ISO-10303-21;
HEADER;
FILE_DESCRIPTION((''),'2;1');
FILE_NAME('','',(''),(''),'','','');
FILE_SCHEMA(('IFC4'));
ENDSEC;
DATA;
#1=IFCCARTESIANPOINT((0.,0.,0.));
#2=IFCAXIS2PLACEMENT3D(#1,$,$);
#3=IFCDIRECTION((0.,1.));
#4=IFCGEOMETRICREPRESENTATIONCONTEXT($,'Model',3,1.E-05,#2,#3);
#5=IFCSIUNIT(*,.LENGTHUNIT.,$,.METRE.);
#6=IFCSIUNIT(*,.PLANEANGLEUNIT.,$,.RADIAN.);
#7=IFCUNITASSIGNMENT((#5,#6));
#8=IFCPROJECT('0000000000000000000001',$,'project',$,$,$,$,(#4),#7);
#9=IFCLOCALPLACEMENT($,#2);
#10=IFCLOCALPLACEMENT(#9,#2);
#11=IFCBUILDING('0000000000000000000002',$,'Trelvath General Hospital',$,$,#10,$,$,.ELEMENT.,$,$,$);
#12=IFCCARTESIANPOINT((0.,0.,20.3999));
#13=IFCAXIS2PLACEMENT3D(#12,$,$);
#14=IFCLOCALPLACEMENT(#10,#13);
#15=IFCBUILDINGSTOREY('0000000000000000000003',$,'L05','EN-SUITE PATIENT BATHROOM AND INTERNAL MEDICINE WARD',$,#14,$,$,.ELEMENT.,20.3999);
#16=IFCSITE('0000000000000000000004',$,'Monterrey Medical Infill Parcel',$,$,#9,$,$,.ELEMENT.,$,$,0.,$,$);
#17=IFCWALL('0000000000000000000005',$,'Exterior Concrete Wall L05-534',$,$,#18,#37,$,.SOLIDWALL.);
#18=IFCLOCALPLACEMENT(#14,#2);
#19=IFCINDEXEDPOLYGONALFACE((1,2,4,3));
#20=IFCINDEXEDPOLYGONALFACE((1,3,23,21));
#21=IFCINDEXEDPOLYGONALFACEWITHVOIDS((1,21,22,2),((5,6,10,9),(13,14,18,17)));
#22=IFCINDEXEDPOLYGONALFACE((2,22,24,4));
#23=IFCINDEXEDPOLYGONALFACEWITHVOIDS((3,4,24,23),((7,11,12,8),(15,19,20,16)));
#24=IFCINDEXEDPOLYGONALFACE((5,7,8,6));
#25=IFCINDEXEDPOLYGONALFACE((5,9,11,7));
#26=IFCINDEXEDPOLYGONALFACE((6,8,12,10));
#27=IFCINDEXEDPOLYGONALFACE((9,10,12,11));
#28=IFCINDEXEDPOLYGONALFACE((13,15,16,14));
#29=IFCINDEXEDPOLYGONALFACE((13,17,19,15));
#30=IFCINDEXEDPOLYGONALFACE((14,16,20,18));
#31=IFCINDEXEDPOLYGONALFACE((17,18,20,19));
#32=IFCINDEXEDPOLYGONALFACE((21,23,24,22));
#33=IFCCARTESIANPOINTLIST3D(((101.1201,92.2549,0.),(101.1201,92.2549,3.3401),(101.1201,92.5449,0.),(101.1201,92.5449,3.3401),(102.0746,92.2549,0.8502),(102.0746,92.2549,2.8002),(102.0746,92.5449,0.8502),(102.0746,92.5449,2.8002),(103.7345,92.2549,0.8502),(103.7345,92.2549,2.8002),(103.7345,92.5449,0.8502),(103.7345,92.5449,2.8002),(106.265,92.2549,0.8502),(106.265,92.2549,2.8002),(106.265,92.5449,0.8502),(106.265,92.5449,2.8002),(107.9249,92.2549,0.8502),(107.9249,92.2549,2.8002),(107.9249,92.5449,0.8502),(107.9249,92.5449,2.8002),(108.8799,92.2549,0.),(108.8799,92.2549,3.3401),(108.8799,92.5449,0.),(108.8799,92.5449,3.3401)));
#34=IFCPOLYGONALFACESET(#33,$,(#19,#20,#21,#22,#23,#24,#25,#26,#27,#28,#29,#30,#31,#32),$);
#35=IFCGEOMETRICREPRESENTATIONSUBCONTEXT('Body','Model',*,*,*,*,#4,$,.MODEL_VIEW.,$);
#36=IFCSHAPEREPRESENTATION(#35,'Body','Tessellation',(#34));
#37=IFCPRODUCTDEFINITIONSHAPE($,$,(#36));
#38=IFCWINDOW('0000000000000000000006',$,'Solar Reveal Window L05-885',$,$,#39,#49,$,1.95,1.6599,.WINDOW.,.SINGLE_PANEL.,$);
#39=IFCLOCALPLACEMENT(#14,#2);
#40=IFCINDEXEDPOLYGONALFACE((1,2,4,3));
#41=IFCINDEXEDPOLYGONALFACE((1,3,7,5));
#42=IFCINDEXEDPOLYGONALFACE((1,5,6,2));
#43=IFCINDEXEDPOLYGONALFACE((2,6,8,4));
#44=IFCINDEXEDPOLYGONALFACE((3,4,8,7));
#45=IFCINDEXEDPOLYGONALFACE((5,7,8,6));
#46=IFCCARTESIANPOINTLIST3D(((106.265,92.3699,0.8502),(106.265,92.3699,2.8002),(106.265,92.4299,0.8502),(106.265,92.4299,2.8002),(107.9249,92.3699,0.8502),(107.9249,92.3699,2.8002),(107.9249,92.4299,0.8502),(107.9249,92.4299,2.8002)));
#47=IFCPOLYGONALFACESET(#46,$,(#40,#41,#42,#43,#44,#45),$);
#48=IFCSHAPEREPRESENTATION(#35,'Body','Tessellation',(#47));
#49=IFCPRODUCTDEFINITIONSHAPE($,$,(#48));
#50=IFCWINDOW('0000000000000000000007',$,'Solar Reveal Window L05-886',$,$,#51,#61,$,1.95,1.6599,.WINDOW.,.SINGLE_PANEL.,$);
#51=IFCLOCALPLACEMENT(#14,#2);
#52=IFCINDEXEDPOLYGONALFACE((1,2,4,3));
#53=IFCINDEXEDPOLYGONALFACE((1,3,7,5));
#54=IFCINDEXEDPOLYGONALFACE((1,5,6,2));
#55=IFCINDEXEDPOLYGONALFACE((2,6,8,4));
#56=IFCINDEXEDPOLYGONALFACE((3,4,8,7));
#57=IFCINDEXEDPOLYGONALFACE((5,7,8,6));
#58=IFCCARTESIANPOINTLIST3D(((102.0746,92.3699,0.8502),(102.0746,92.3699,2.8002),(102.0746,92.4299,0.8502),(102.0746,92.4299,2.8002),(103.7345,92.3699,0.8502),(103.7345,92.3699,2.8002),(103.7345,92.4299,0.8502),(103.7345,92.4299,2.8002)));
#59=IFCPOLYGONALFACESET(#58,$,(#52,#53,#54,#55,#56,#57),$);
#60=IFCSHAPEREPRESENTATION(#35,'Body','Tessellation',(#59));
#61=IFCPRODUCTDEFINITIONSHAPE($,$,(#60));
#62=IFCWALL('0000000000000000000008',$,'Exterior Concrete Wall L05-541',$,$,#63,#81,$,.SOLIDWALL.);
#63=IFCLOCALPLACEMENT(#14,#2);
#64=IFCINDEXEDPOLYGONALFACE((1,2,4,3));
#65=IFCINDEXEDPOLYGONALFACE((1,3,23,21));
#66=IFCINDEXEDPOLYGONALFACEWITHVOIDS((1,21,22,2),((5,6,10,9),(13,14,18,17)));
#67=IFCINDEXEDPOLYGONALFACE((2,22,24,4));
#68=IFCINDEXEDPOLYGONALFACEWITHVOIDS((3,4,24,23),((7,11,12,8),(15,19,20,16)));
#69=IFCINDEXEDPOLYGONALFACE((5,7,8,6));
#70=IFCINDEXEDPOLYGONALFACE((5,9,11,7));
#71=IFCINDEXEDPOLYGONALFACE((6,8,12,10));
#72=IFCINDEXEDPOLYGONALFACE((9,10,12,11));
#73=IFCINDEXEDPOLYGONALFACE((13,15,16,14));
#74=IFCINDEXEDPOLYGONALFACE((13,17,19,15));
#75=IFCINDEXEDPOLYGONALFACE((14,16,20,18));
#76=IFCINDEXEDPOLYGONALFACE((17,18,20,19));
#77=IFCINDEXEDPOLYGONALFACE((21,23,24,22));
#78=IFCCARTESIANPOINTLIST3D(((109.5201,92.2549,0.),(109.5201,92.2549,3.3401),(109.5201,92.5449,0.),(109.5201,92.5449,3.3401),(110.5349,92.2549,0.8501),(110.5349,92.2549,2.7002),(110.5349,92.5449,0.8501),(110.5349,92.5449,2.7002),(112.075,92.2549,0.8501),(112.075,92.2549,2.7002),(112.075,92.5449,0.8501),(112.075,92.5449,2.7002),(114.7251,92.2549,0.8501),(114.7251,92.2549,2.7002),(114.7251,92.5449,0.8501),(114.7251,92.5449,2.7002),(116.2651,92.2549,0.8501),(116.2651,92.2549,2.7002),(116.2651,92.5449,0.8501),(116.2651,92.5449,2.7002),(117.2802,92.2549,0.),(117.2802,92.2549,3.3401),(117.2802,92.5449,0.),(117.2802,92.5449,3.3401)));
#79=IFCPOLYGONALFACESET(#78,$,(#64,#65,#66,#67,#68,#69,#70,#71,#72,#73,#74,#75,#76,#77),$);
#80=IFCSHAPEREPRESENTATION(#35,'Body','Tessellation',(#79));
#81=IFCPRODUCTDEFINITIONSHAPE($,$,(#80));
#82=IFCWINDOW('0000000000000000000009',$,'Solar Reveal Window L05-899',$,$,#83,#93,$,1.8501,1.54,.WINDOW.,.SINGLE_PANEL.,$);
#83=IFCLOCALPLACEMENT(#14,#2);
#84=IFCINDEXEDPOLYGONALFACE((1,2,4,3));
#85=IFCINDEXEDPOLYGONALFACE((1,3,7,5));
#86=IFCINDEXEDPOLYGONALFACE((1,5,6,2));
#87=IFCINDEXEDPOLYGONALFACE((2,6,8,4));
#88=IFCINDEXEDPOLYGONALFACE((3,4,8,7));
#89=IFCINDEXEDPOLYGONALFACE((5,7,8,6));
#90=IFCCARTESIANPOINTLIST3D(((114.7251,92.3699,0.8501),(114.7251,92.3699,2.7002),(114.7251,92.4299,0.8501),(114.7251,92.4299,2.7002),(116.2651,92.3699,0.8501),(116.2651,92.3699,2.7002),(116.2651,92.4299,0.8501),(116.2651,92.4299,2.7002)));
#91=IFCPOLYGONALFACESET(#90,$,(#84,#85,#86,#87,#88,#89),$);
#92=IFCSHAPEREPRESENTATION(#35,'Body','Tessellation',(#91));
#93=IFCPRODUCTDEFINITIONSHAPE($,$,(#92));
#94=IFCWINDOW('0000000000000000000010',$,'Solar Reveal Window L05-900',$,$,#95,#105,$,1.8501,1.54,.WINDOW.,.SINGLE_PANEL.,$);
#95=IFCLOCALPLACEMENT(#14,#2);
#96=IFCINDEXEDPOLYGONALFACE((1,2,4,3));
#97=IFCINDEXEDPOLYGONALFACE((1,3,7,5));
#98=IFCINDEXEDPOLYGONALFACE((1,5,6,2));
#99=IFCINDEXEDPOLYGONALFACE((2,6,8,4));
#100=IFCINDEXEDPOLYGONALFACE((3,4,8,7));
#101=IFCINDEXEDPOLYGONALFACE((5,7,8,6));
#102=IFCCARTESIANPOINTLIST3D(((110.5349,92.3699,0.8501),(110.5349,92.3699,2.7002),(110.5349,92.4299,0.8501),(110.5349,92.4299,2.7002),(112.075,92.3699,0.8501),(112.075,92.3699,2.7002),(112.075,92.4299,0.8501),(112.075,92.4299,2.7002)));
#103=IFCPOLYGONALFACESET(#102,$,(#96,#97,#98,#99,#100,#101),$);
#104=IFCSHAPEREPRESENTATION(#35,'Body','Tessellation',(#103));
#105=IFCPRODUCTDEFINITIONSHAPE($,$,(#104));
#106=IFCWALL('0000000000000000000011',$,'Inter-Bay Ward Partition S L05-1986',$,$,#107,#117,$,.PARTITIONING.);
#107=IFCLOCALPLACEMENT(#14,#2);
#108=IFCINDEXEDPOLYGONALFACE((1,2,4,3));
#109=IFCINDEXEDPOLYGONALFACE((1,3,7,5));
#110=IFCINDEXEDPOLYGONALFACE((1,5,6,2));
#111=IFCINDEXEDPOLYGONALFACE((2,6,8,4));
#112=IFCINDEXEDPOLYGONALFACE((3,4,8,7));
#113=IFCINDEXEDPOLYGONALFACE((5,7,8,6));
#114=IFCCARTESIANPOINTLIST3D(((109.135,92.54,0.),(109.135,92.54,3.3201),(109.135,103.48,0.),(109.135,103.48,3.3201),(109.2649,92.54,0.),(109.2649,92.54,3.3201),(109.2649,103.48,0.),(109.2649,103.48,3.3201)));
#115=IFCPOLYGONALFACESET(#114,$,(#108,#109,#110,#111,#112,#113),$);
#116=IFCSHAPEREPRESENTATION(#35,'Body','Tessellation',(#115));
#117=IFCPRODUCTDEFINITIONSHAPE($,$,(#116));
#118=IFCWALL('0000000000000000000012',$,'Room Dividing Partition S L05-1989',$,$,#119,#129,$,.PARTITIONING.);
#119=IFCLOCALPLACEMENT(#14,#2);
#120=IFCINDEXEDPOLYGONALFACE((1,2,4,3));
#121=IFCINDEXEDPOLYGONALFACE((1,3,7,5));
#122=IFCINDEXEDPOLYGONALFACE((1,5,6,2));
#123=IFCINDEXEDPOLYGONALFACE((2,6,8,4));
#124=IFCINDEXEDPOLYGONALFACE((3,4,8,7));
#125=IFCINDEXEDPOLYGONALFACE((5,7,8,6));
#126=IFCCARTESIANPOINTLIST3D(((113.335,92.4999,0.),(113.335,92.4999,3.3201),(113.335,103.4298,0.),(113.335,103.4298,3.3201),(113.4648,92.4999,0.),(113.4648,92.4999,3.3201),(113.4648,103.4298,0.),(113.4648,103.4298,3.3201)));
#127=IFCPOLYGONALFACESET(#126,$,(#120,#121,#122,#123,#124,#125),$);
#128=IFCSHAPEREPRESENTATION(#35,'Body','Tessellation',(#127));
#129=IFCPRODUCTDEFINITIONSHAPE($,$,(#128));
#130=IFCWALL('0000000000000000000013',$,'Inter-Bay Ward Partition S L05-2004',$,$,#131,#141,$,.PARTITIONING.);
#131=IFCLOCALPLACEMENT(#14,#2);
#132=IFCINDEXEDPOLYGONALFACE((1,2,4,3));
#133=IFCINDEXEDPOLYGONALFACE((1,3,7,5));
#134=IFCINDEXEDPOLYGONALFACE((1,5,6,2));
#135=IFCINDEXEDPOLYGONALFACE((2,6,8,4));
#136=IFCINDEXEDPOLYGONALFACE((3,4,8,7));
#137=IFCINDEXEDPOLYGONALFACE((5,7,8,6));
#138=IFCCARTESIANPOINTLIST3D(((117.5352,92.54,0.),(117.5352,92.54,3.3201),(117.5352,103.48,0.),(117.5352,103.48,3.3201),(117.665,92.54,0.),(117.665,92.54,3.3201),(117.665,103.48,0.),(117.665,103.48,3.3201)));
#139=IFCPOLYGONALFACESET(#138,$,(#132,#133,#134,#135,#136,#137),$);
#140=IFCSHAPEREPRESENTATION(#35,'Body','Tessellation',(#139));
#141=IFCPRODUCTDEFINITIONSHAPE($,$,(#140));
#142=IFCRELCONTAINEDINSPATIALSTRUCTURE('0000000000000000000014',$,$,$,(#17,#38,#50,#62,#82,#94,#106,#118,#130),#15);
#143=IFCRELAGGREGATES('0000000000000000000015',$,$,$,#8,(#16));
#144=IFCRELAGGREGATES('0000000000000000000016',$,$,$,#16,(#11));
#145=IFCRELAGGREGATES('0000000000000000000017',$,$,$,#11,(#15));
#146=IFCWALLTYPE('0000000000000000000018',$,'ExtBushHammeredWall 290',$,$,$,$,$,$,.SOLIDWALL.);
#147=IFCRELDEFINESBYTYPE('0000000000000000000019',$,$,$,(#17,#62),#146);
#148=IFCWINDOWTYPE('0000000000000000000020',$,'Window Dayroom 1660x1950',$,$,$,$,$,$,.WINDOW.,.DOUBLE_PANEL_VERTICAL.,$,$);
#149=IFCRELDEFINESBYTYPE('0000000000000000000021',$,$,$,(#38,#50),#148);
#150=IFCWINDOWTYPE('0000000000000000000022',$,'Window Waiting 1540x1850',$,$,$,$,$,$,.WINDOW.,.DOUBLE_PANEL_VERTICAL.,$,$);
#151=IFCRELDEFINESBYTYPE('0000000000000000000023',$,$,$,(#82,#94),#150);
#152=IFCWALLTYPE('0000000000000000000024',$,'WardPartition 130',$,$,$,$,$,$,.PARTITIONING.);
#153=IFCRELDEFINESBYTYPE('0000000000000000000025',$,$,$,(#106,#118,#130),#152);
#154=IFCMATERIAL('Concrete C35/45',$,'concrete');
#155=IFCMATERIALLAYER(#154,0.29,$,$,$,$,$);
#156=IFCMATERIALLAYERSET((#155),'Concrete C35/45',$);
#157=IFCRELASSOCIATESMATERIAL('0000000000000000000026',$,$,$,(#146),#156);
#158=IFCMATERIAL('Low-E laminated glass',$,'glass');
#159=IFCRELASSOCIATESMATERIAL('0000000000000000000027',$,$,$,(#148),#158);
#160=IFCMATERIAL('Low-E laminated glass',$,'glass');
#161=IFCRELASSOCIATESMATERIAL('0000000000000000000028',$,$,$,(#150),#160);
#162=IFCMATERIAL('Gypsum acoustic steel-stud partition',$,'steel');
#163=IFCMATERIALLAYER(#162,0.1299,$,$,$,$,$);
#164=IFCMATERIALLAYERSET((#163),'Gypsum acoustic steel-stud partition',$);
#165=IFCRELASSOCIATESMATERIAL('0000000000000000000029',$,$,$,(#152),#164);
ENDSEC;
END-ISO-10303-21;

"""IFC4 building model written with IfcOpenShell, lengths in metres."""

from ifc_helpers import new_model, si_unit, direction, frame, frame_2d, origin, place, context, subcontext, project, spatial, rectangle, extrude, material, layer, layer_set, type_object, element, fill, save


model = new_model("IFC4")

# Units and contexts
model_context = context("Model", 3, precision=1e-05, world=origin(), true_north=direction((0.0, 1.0)))
body_context = subcontext(model_context, "Body", "Model", "MODEL_VIEW")
ifc_project = project(units=[si_unit("LENGTHUNIT", "METRE"), si_unit("PLANEANGLEUNIT", "RADIAN")], contexts=[model_context])

# Site, building, storey
site_placement = place(None, origin())
site = spatial("IfcSite", under=ifc_project, at=site_placement, Name="Monterrey Medical Infill Parcel", CompositionType="ELEMENT", RefElevation=0.0)
building_placement = place(site_placement, origin())
building = spatial("IfcBuilding", under=site, at=building_placement, Name="Trelvath General Hospital", CompositionType="ELEMENT")
storey_placement = place(building_placement, frame((0.0, 0.0, 20.3999)))
storey = spatial("IfcBuildingStorey", under=building, at=storey_placement, Name="L05", Description="EN-SUITE PATIENT BATHROOM AND INTERNAL MEDICINE WARD", CompositionType="ELEMENT", Elevation=20.3999)

# Walls, openings, windows
ifc_material_1 = material(Name="Concrete C35/45", Category="concrete")
ifc_layer_1 = layer(ifc_material_1, 0.29)
ifc_layer_set_1 = layer_set([ifc_layer_1], Name="Concrete C35/45")
wall_type_1 = type_object("IfcWallType", Name="ExtBushHammeredWall 290", PredefinedType="SOLIDWALL", material=ifc_layer_set_1)
wall_1_placement = place(storey_placement, frame((108.8799, 92.3999, 0.0), z_axis=(0.0, 0.0, 1.0), x_axis=(-1.0, 0.0, 0.0)))
wall_1 = element("IfcWall", 1, at=wall_1_placement, inside=storey, type_object=wall_type_1, Name="Exterior Concrete Wall L05-534", PredefinedType="SOLIDWALL", context=body_context, shape_type="SweptSolid", body=[
    extrude(rectangle(XDim=7.7598, YDim=0.29, at=frame_2d((3.8799, 0.0))), origin(), (0.0, 0.0, 1.0), 3.3401),
])
opening_1_placement = place(wall_1_placement, frame((0.9548, 0.0, 0.8501)))
opening_1 = element("IfcOpeningElement", 2, at=opening_1_placement, cuts=wall_1, PredefinedType="OPENING", context=body_context, shape_type="SweptSolid", body=[
    extrude(rectangle(XDim=1.6599, YDim=1.95, at=frame_2d((0.8301, 0.9751))), frame((0.0, 0.155, 0.0), z_axis=(0.0, -1.0, 0.0), x_axis=(1.0, 0.0, 0.0)), (0.0, 0.0, 1.0), 0.3101),
])
opening_2_placement = place(wall_1_placement, frame((5.1453, 0.0, 0.8501)))
opening_2 = element("IfcOpeningElement", 3, at=opening_2_placement, cuts=wall_1, PredefinedType="OPENING", context=body_context, shape_type="SweptSolid", body=[
    extrude(rectangle(XDim=1.6599, YDim=1.95, at=frame_2d((0.8301, 0.9751))), frame((0.0, 0.155, 0.0), z_axis=(0.0, -1.0, 0.0), x_axis=(1.0, 0.0, 0.0)), (0.0, 0.0, 1.0), 0.3101),
])
ifc_material_2 = material(Name="Low-E laminated glass", Category="glass")
window_type_1 = type_object("IfcWindowType", Name="Window Dayroom 1660x1950", PartitioningType="DOUBLE_PANEL_VERTICAL", PredefinedType="WINDOW", material=ifc_material_2)
window_1_placement = place(opening_1_placement, origin())
window_1 = element("IfcWindow", 4, at=window_1_placement, inside=storey, type_object=window_type_1, Name="Solar Reveal Window L05-885", OverallHeight=1.95, OverallWidth=1.6599, PartitioningType="SINGLE_PANEL", PredefinedType="WINDOW", context=body_context, shape_type="SweptSolid", body=[
    extrude(rectangle(XDim=1.6599, YDim=1.95, at=frame_2d((0.8301, 0.9751))), frame((0.0, 0.03, 0.0), z_axis=(0.0, -1.0, 0.0), x_axis=(1.0, 0.0, 0.0)), (0.0, 0.0, 1.0), 0.0601),
])
fill(opening_1, window_1)
window_2_placement = place(opening_2_placement, origin())
window_2 = element("IfcWindow", 5, at=window_2_placement, inside=storey, type_object=window_type_1, Name="Solar Reveal Window L05-886", OverallHeight=1.95, OverallWidth=1.6599, PartitioningType="SINGLE_PANEL", PredefinedType="WINDOW", context=body_context, shape_type="SweptSolid", body=[
    extrude(rectangle(XDim=1.6599, YDim=1.95, at=frame_2d((0.8301, 0.9751))), frame((0.0, 0.03, 0.0), z_axis=(0.0, -1.0, 0.0), x_axis=(1.0, 0.0, 0.0)), (0.0, 0.0, 1.0), 0.0601),
])
fill(opening_2, window_2)
wall_2_placement = place(storey_placement, frame((117.28, 92.3999, 0.0), z_axis=(0.0, 0.0, 1.0), x_axis=(-1.0, 0.0, 0.0)))
wall_2 = element("IfcWall", 6, at=wall_2_placement, inside=storey, type_object=wall_type_1, Name="Exterior Concrete Wall L05-541", PredefinedType="SOLIDWALL", context=body_context, shape_type="SweptSolid", body=[
    extrude(rectangle(XDim=7.76, YDim=0.29, at=frame_2d((3.8799, 0.0))), origin(), (0.0, 0.0, 1.0), 3.3401),
])
opening_3_placement = place(wall_2_placement, frame((1.0149, 0.0, 0.8501)))
opening_3 = element("IfcOpeningElement", 7, at=opening_3_placement, cuts=wall_2, PredefinedType="OPENING", context=body_context, shape_type="SweptSolid", body=[
    extrude(rectangle(XDim=1.54, YDim=1.8501, at=frame_2d((0.77, 0.925))), frame((0.0, 0.155, 0.0), z_axis=(0.0, -1.0, 0.0), x_axis=(1.0, 0.0, 0.0)), (0.0, 0.0, 1.0), 0.3101),
])
opening_4_placement = place(wall_2_placement, frame((5.2051, 0.0, 0.8501)))
opening_4 = element("IfcOpeningElement", 8, at=opening_4_placement, cuts=wall_2, PredefinedType="OPENING", context=body_context, shape_type="SweptSolid", body=[
    extrude(rectangle(XDim=1.54, YDim=1.8501, at=frame_2d((0.77, 0.925))), frame((0.0, 0.155, 0.0), z_axis=(0.0, -1.0, 0.0), x_axis=(1.0, 0.0, 0.0)), (0.0, 0.0, 1.0), 0.3101),
])
ifc_material_3 = material(Name="Low-E laminated glass", Category="glass")
window_type_2 = type_object("IfcWindowType", Name="Window Waiting 1540x1850", PartitioningType="DOUBLE_PANEL_VERTICAL", PredefinedType="WINDOW", material=ifc_material_3)
window_3_placement = place(opening_3_placement, origin())
window_3 = element("IfcWindow", 9, at=window_3_placement, inside=storey, type_object=window_type_2, Name="Solar Reveal Window L05-899", OverallHeight=1.8501, OverallWidth=1.54, PartitioningType="SINGLE_PANEL", PredefinedType="WINDOW", context=body_context, shape_type="SweptSolid", body=[
    extrude(rectangle(XDim=1.54, YDim=1.8501, at=frame_2d((0.77, 0.925))), frame((0.0, 0.03, 0.0), z_axis=(0.0, -1.0, 0.0), x_axis=(1.0, 0.0, 0.0)), (0.0, 0.0, 1.0), 0.0601),
])
fill(opening_3, window_3)
window_4_placement = place(opening_4_placement, origin())
window_4 = element("IfcWindow", 10, at=window_4_placement, inside=storey, type_object=window_type_2, Name="Solar Reveal Window L05-900", OverallHeight=1.8501, OverallWidth=1.54, PartitioningType="SINGLE_PANEL", PredefinedType="WINDOW", context=body_context, shape_type="SweptSolid", body=[
    extrude(rectangle(XDim=1.54, YDim=1.8501, at=frame_2d((0.77, 0.925))), frame((0.0, 0.03, 0.0), z_axis=(0.0, -1.0, 0.0), x_axis=(1.0, 0.0, 0.0)), (0.0, 0.0, 1.0), 0.0601),
])
fill(opening_4, window_4)

# Walls
ifc_material_4 = material(Name="Gypsum acoustic steel-stud partition", Category="steel")
ifc_layer_2 = layer(ifc_material_4, 0.1299)
ifc_layer_set_2 = layer_set([ifc_layer_2], Name="Gypsum acoustic steel-stud partition")
wall_type_2 = type_object("IfcWallType", Name="WardPartition 130", PredefinedType="PARTITIONING", material=ifc_layer_set_2)
wall_3_placement = place(storey_placement, frame((109.2, 92.54, 0.0), z_axis=(0.0, 0.0, 1.0), x_axis=(0.0, 1.0, 0.0)))
element("IfcWall", 11, at=wall_3_placement, inside=storey, type_object=wall_type_2, Name="Inter-Bay Ward Partition S L05-1986", PredefinedType="PARTITIONING", context=body_context, shape_type="SweptSolid", body=[
    extrude(rectangle(XDim=10.9399, YDim=0.1299, at=frame_2d((5.47, 0.0))), origin(), (0.0, 0.0, 1.0), 3.3201),
])
wall_4_placement = place(storey_placement, frame((113.3999, 92.5, 0.0), z_axis=(0.0, 0.0, 1.0), x_axis=(0.0, 1.0, 0.0)))
element("IfcWall", 12, at=wall_4_placement, inside=storey, type_object=wall_type_2, Name="Room Dividing Partition S L05-1989", PredefinedType="PARTITIONING", context=body_context, shape_type="SweptSolid", body=[
    extrude(rectangle(XDim=10.9299, YDim=0.1299, at=frame_2d((5.4648, 0.0))), origin(), (0.0, 0.0, 1.0), 3.3201),
])
wall_5_placement = place(storey_placement, frame((117.6001, 92.54, 0.0), z_axis=(0.0, 0.0, 1.0), x_axis=(0.0, 1.0, 0.0)))
element("IfcWall", 13, at=wall_5_placement, inside=storey, type_object=wall_type_2, Name="Inter-Bay Ward Partition S L05-2004", PredefinedType="PARTITIONING", context=body_context, shape_type="SweptSolid", body=[
    extrude(rectangle(XDim=10.9399, YDim=0.1299, at=frame_2d((5.47, 0.0))), origin(), (0.0, 0.0, 1.0), 3.3201),
])

save(model, "model.ifc")
